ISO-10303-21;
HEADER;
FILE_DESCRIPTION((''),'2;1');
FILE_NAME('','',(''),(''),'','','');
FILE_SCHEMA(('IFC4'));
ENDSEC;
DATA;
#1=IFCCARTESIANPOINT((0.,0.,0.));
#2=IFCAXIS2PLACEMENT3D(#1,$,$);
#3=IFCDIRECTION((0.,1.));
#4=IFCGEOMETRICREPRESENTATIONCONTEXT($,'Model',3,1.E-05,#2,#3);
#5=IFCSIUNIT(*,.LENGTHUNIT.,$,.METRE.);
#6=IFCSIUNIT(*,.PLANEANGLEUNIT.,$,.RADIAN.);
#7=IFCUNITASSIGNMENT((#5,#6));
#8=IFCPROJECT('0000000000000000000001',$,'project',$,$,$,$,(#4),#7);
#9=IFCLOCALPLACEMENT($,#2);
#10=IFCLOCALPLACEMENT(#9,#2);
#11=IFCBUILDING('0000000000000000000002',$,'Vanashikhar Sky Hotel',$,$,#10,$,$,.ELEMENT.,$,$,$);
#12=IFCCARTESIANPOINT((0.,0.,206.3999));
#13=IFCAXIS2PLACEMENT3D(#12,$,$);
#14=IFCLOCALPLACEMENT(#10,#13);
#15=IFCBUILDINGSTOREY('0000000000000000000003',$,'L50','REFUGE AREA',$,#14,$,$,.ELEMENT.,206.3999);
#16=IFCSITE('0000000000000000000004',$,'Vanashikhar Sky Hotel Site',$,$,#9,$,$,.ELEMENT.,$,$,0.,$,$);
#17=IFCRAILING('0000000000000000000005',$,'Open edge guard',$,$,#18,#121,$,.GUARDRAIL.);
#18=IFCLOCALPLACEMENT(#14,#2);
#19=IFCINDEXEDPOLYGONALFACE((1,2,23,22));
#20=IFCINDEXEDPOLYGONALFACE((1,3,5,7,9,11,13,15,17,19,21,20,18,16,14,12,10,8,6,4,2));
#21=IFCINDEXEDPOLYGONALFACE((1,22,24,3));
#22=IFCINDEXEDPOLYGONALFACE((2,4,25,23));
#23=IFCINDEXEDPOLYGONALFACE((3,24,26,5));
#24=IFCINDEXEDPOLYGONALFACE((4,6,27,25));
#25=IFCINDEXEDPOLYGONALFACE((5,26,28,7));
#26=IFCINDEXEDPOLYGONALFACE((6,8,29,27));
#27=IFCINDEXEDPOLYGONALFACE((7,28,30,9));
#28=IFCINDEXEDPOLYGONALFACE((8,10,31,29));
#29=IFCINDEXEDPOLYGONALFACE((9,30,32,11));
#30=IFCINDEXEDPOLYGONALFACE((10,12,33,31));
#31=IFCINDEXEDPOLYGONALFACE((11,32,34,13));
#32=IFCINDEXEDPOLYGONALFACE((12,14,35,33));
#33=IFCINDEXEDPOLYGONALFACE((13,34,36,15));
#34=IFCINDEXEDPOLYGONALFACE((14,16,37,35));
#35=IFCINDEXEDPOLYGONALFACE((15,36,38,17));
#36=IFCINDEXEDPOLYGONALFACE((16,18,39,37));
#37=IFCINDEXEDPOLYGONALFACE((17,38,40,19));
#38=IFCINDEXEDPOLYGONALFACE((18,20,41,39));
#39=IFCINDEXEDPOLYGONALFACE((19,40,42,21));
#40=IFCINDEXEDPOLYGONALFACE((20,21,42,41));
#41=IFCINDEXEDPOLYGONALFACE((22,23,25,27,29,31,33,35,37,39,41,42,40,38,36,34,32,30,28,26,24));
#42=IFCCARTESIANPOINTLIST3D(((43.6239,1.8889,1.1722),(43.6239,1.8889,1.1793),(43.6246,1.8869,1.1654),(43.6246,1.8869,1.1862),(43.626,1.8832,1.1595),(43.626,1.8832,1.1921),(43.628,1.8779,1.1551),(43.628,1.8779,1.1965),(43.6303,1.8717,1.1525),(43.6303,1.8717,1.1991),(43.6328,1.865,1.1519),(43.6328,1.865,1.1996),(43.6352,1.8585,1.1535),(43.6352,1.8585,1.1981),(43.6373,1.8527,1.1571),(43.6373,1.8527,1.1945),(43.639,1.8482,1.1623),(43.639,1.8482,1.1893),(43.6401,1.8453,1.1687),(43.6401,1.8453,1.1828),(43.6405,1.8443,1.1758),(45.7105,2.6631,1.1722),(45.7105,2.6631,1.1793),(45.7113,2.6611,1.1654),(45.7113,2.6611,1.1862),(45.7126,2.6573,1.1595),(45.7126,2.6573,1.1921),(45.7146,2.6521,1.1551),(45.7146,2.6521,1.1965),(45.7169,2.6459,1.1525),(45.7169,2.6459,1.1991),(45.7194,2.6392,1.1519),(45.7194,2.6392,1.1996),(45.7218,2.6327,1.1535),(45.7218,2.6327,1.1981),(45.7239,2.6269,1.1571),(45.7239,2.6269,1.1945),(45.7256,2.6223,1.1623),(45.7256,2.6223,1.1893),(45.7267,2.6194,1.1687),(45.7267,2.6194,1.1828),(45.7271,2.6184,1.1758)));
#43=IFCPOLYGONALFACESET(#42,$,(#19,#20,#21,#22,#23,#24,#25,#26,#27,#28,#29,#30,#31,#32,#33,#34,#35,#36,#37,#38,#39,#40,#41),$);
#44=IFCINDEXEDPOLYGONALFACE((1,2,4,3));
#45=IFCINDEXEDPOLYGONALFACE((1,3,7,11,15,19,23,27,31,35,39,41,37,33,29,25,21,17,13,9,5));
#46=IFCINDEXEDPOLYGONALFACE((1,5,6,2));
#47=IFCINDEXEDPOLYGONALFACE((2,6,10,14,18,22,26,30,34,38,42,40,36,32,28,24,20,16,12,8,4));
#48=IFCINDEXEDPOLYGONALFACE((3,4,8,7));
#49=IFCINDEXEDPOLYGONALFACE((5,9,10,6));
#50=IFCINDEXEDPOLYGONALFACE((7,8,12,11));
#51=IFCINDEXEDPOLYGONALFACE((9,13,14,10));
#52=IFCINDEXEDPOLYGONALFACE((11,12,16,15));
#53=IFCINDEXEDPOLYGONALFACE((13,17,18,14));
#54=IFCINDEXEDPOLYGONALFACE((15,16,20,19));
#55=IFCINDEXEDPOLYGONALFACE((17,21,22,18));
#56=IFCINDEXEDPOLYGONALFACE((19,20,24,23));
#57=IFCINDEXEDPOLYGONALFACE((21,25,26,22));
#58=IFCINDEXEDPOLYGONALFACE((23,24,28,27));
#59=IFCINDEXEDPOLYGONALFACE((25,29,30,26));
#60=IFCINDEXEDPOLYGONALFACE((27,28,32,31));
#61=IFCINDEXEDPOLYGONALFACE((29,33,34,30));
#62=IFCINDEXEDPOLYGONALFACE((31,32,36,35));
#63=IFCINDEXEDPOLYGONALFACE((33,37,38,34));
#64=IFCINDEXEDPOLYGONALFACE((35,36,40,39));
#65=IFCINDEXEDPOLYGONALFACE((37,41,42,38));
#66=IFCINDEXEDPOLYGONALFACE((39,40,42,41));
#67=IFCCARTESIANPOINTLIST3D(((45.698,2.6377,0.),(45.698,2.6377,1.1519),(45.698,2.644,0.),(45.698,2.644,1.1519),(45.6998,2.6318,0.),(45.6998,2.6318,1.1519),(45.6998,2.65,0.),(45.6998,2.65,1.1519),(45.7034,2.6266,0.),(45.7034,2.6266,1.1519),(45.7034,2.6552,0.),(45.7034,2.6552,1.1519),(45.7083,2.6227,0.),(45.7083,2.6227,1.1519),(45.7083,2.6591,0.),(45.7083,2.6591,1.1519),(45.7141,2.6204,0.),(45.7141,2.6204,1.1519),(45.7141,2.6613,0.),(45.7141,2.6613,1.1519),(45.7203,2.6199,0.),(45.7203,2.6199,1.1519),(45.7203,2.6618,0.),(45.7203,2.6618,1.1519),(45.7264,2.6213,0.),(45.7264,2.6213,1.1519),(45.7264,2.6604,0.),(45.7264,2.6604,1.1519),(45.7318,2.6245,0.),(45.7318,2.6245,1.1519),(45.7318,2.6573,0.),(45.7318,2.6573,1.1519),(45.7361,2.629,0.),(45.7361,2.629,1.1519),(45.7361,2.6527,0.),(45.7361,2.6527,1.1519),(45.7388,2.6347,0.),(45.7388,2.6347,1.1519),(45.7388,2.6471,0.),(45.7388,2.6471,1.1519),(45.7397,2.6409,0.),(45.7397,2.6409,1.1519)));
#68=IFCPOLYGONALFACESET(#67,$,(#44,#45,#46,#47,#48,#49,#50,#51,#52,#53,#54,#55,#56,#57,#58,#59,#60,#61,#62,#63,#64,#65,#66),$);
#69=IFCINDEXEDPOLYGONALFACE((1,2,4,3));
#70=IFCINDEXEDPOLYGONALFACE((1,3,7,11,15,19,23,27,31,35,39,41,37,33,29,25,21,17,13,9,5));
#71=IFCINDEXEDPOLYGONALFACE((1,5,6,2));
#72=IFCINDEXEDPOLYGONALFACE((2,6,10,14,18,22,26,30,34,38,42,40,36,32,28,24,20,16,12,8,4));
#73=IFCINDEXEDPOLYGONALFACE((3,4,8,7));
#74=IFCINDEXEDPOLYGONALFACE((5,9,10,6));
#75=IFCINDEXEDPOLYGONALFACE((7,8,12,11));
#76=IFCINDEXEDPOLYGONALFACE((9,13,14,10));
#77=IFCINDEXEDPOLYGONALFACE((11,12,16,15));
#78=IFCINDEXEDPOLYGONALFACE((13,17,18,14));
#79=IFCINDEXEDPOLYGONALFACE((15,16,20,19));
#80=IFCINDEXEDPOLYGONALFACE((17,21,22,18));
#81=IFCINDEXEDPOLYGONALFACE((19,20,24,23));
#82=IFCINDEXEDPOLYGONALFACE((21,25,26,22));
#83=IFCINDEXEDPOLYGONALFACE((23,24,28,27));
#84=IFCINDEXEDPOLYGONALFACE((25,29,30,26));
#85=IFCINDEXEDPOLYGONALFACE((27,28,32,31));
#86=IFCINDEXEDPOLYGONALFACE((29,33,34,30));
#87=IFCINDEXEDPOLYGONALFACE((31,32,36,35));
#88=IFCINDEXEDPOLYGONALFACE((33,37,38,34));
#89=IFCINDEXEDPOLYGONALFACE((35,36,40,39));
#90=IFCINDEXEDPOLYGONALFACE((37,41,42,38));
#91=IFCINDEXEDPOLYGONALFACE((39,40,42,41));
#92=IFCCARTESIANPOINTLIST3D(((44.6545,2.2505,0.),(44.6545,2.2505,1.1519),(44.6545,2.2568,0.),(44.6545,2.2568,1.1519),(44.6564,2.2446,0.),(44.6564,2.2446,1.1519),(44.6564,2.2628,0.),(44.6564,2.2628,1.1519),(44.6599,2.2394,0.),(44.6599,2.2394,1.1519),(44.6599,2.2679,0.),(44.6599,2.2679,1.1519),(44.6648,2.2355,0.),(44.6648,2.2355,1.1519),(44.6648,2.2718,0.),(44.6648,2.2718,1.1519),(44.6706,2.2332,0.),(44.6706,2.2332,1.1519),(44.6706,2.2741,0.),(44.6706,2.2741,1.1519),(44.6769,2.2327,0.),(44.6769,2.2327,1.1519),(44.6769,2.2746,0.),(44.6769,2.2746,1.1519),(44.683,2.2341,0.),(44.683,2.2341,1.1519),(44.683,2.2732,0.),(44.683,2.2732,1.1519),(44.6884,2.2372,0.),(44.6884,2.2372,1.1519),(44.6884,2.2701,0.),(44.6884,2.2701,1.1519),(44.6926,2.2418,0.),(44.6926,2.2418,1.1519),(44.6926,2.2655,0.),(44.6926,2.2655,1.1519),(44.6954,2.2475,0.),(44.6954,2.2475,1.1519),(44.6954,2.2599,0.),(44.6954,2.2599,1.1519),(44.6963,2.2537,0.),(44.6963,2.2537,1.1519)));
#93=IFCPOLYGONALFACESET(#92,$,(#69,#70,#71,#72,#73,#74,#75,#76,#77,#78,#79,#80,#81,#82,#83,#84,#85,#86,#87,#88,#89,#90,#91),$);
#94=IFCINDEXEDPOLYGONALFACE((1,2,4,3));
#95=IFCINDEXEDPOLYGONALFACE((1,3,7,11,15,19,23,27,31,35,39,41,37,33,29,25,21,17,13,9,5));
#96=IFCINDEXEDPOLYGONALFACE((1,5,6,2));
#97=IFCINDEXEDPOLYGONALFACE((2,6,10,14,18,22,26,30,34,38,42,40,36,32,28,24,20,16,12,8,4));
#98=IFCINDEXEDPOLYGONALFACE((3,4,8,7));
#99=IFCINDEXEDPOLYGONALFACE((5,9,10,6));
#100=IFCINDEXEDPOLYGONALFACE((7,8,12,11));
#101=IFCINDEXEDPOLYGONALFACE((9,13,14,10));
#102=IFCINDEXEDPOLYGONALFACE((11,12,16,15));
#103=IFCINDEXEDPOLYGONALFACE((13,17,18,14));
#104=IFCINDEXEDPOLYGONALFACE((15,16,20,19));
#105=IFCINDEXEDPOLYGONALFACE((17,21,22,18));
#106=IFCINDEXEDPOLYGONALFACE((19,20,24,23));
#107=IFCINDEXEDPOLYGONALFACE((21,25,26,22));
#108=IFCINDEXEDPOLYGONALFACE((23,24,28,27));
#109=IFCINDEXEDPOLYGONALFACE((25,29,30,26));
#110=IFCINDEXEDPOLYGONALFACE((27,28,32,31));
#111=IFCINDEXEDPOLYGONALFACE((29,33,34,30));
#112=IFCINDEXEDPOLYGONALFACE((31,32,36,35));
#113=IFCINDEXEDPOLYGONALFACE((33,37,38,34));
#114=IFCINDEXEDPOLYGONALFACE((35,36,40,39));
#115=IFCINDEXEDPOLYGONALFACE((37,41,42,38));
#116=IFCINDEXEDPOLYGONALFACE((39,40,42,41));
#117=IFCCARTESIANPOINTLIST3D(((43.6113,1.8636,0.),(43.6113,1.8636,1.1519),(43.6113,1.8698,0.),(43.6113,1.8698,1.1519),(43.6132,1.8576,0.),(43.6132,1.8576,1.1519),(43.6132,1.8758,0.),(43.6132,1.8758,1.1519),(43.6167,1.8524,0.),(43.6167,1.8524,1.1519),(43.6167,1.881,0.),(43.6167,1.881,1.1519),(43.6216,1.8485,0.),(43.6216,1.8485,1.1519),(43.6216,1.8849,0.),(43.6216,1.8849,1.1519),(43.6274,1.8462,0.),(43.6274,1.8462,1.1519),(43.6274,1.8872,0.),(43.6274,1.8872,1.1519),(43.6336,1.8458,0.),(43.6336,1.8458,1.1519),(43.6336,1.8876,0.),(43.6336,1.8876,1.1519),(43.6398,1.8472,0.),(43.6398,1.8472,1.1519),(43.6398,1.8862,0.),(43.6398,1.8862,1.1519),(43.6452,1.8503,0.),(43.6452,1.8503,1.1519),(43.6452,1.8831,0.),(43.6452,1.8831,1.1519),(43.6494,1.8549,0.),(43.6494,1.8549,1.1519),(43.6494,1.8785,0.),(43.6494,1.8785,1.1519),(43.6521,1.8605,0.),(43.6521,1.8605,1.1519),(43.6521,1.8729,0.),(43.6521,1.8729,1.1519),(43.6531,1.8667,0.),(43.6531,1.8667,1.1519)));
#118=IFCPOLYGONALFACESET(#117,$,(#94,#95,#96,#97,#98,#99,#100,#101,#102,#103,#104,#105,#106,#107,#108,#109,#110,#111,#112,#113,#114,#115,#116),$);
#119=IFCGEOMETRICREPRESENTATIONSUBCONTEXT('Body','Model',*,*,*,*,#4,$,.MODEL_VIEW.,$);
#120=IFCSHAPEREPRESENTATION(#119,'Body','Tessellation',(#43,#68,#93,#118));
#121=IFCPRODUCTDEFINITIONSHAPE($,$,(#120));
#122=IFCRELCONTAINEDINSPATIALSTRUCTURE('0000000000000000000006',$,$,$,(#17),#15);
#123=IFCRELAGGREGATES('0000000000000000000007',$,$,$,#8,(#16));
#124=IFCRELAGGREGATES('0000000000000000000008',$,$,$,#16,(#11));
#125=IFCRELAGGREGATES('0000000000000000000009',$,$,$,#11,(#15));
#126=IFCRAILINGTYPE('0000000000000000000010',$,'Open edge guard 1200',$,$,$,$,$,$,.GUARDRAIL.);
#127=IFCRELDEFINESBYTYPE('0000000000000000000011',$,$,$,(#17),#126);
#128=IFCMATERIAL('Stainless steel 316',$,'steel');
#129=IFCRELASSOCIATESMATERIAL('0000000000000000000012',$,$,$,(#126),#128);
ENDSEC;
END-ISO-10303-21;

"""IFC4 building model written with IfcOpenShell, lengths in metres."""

from ifc_helpers import new_model, si_unit, direction, frame, origin, origin_2d, place, context, subcontext, project, spatial, circle, extrude, source, transform, mapped, material, type_object, element, save


model = new_model("IFC4")

# Units and contexts
model_context = context("Model", 3, precision=1e-05, world=origin(), true_north=direction((0.0, 1.0)))
body_context = subcontext(model_context, "Body", "Model", "MODEL_VIEW")
ifc_project = project(units=[si_unit("LENGTHUNIT", "METRE"), si_unit("PLANEANGLEUNIT", "RADIAN")], contexts=[model_context])

# Site, building, storey
site_placement = place(None, origin())
site = spatial("IfcSite", under=ifc_project, at=site_placement, Name="Vanashikhar Sky Hotel Site", CompositionType="ELEMENT", RefElevation=0.0)
building_placement = place(site_placement, origin())
building = spatial("IfcBuilding", under=site, at=building_placement, Name="Vanashikhar Sky Hotel", CompositionType="ELEMENT")
storey_placement = place(building_placement, frame((0.0, 0.0, 206.3999)))
storey = spatial("IfcBuildingStorey", under=building, at=storey_placement, Name="L50", Description="REFUGE AREA", CompositionType="ELEMENT", Elevation=206.3999)

# Railing
ifc_material_1 = material(Name="Stainless steel 316", Category="steel")
railing_type = type_object("IfcRailingType", Name="Open edge guard 1200", PredefinedType="GUARDRAIL", material=ifc_material_1)
shared_shape_1 = source(origin(), body_context, "Body", "SweptSolid", [
    extrude(circle(Radius=0.0239, at=origin_2d()), frame((0.0, 0.0, 1.1758), z_axis=(-0.937554, -0.347839, 0.0), x_axis=(0.347839, -0.937554, 0.0)), (0.0, 0.0, 1.0), 2.2256),
    extrude(circle(Radius=0.021, at=origin_2d()), origin(), (0.0, 0.0, 1.0), 1.1519),
    extrude(circle(Radius=0.021, at=origin_2d()), frame((-1.0435, -0.3872, 0.0)), (0.0, 0.0, 1.0), 1.1519),
    extrude(circle(Radius=0.021, at=origin_2d()), frame((-2.0867, -0.7742, 0.0)), (0.0, 0.0, 1.0), 1.1519),
])
railing_1_placement = place(storey_placement, frame((45.7188, 2.6409, 0.0)))
element("IfcRailing", 1, at=railing_1_placement, inside=storey, type_object=railing_type, Name="Open edge guard", PredefinedType="GUARDRAIL", context=body_context, shape_type="MappedRepresentation", body=[
    mapped(shared_shape_1, transform((0.0, 0.0, 0.0), scale=1.0)),
])

save(model, "model.ifc")
